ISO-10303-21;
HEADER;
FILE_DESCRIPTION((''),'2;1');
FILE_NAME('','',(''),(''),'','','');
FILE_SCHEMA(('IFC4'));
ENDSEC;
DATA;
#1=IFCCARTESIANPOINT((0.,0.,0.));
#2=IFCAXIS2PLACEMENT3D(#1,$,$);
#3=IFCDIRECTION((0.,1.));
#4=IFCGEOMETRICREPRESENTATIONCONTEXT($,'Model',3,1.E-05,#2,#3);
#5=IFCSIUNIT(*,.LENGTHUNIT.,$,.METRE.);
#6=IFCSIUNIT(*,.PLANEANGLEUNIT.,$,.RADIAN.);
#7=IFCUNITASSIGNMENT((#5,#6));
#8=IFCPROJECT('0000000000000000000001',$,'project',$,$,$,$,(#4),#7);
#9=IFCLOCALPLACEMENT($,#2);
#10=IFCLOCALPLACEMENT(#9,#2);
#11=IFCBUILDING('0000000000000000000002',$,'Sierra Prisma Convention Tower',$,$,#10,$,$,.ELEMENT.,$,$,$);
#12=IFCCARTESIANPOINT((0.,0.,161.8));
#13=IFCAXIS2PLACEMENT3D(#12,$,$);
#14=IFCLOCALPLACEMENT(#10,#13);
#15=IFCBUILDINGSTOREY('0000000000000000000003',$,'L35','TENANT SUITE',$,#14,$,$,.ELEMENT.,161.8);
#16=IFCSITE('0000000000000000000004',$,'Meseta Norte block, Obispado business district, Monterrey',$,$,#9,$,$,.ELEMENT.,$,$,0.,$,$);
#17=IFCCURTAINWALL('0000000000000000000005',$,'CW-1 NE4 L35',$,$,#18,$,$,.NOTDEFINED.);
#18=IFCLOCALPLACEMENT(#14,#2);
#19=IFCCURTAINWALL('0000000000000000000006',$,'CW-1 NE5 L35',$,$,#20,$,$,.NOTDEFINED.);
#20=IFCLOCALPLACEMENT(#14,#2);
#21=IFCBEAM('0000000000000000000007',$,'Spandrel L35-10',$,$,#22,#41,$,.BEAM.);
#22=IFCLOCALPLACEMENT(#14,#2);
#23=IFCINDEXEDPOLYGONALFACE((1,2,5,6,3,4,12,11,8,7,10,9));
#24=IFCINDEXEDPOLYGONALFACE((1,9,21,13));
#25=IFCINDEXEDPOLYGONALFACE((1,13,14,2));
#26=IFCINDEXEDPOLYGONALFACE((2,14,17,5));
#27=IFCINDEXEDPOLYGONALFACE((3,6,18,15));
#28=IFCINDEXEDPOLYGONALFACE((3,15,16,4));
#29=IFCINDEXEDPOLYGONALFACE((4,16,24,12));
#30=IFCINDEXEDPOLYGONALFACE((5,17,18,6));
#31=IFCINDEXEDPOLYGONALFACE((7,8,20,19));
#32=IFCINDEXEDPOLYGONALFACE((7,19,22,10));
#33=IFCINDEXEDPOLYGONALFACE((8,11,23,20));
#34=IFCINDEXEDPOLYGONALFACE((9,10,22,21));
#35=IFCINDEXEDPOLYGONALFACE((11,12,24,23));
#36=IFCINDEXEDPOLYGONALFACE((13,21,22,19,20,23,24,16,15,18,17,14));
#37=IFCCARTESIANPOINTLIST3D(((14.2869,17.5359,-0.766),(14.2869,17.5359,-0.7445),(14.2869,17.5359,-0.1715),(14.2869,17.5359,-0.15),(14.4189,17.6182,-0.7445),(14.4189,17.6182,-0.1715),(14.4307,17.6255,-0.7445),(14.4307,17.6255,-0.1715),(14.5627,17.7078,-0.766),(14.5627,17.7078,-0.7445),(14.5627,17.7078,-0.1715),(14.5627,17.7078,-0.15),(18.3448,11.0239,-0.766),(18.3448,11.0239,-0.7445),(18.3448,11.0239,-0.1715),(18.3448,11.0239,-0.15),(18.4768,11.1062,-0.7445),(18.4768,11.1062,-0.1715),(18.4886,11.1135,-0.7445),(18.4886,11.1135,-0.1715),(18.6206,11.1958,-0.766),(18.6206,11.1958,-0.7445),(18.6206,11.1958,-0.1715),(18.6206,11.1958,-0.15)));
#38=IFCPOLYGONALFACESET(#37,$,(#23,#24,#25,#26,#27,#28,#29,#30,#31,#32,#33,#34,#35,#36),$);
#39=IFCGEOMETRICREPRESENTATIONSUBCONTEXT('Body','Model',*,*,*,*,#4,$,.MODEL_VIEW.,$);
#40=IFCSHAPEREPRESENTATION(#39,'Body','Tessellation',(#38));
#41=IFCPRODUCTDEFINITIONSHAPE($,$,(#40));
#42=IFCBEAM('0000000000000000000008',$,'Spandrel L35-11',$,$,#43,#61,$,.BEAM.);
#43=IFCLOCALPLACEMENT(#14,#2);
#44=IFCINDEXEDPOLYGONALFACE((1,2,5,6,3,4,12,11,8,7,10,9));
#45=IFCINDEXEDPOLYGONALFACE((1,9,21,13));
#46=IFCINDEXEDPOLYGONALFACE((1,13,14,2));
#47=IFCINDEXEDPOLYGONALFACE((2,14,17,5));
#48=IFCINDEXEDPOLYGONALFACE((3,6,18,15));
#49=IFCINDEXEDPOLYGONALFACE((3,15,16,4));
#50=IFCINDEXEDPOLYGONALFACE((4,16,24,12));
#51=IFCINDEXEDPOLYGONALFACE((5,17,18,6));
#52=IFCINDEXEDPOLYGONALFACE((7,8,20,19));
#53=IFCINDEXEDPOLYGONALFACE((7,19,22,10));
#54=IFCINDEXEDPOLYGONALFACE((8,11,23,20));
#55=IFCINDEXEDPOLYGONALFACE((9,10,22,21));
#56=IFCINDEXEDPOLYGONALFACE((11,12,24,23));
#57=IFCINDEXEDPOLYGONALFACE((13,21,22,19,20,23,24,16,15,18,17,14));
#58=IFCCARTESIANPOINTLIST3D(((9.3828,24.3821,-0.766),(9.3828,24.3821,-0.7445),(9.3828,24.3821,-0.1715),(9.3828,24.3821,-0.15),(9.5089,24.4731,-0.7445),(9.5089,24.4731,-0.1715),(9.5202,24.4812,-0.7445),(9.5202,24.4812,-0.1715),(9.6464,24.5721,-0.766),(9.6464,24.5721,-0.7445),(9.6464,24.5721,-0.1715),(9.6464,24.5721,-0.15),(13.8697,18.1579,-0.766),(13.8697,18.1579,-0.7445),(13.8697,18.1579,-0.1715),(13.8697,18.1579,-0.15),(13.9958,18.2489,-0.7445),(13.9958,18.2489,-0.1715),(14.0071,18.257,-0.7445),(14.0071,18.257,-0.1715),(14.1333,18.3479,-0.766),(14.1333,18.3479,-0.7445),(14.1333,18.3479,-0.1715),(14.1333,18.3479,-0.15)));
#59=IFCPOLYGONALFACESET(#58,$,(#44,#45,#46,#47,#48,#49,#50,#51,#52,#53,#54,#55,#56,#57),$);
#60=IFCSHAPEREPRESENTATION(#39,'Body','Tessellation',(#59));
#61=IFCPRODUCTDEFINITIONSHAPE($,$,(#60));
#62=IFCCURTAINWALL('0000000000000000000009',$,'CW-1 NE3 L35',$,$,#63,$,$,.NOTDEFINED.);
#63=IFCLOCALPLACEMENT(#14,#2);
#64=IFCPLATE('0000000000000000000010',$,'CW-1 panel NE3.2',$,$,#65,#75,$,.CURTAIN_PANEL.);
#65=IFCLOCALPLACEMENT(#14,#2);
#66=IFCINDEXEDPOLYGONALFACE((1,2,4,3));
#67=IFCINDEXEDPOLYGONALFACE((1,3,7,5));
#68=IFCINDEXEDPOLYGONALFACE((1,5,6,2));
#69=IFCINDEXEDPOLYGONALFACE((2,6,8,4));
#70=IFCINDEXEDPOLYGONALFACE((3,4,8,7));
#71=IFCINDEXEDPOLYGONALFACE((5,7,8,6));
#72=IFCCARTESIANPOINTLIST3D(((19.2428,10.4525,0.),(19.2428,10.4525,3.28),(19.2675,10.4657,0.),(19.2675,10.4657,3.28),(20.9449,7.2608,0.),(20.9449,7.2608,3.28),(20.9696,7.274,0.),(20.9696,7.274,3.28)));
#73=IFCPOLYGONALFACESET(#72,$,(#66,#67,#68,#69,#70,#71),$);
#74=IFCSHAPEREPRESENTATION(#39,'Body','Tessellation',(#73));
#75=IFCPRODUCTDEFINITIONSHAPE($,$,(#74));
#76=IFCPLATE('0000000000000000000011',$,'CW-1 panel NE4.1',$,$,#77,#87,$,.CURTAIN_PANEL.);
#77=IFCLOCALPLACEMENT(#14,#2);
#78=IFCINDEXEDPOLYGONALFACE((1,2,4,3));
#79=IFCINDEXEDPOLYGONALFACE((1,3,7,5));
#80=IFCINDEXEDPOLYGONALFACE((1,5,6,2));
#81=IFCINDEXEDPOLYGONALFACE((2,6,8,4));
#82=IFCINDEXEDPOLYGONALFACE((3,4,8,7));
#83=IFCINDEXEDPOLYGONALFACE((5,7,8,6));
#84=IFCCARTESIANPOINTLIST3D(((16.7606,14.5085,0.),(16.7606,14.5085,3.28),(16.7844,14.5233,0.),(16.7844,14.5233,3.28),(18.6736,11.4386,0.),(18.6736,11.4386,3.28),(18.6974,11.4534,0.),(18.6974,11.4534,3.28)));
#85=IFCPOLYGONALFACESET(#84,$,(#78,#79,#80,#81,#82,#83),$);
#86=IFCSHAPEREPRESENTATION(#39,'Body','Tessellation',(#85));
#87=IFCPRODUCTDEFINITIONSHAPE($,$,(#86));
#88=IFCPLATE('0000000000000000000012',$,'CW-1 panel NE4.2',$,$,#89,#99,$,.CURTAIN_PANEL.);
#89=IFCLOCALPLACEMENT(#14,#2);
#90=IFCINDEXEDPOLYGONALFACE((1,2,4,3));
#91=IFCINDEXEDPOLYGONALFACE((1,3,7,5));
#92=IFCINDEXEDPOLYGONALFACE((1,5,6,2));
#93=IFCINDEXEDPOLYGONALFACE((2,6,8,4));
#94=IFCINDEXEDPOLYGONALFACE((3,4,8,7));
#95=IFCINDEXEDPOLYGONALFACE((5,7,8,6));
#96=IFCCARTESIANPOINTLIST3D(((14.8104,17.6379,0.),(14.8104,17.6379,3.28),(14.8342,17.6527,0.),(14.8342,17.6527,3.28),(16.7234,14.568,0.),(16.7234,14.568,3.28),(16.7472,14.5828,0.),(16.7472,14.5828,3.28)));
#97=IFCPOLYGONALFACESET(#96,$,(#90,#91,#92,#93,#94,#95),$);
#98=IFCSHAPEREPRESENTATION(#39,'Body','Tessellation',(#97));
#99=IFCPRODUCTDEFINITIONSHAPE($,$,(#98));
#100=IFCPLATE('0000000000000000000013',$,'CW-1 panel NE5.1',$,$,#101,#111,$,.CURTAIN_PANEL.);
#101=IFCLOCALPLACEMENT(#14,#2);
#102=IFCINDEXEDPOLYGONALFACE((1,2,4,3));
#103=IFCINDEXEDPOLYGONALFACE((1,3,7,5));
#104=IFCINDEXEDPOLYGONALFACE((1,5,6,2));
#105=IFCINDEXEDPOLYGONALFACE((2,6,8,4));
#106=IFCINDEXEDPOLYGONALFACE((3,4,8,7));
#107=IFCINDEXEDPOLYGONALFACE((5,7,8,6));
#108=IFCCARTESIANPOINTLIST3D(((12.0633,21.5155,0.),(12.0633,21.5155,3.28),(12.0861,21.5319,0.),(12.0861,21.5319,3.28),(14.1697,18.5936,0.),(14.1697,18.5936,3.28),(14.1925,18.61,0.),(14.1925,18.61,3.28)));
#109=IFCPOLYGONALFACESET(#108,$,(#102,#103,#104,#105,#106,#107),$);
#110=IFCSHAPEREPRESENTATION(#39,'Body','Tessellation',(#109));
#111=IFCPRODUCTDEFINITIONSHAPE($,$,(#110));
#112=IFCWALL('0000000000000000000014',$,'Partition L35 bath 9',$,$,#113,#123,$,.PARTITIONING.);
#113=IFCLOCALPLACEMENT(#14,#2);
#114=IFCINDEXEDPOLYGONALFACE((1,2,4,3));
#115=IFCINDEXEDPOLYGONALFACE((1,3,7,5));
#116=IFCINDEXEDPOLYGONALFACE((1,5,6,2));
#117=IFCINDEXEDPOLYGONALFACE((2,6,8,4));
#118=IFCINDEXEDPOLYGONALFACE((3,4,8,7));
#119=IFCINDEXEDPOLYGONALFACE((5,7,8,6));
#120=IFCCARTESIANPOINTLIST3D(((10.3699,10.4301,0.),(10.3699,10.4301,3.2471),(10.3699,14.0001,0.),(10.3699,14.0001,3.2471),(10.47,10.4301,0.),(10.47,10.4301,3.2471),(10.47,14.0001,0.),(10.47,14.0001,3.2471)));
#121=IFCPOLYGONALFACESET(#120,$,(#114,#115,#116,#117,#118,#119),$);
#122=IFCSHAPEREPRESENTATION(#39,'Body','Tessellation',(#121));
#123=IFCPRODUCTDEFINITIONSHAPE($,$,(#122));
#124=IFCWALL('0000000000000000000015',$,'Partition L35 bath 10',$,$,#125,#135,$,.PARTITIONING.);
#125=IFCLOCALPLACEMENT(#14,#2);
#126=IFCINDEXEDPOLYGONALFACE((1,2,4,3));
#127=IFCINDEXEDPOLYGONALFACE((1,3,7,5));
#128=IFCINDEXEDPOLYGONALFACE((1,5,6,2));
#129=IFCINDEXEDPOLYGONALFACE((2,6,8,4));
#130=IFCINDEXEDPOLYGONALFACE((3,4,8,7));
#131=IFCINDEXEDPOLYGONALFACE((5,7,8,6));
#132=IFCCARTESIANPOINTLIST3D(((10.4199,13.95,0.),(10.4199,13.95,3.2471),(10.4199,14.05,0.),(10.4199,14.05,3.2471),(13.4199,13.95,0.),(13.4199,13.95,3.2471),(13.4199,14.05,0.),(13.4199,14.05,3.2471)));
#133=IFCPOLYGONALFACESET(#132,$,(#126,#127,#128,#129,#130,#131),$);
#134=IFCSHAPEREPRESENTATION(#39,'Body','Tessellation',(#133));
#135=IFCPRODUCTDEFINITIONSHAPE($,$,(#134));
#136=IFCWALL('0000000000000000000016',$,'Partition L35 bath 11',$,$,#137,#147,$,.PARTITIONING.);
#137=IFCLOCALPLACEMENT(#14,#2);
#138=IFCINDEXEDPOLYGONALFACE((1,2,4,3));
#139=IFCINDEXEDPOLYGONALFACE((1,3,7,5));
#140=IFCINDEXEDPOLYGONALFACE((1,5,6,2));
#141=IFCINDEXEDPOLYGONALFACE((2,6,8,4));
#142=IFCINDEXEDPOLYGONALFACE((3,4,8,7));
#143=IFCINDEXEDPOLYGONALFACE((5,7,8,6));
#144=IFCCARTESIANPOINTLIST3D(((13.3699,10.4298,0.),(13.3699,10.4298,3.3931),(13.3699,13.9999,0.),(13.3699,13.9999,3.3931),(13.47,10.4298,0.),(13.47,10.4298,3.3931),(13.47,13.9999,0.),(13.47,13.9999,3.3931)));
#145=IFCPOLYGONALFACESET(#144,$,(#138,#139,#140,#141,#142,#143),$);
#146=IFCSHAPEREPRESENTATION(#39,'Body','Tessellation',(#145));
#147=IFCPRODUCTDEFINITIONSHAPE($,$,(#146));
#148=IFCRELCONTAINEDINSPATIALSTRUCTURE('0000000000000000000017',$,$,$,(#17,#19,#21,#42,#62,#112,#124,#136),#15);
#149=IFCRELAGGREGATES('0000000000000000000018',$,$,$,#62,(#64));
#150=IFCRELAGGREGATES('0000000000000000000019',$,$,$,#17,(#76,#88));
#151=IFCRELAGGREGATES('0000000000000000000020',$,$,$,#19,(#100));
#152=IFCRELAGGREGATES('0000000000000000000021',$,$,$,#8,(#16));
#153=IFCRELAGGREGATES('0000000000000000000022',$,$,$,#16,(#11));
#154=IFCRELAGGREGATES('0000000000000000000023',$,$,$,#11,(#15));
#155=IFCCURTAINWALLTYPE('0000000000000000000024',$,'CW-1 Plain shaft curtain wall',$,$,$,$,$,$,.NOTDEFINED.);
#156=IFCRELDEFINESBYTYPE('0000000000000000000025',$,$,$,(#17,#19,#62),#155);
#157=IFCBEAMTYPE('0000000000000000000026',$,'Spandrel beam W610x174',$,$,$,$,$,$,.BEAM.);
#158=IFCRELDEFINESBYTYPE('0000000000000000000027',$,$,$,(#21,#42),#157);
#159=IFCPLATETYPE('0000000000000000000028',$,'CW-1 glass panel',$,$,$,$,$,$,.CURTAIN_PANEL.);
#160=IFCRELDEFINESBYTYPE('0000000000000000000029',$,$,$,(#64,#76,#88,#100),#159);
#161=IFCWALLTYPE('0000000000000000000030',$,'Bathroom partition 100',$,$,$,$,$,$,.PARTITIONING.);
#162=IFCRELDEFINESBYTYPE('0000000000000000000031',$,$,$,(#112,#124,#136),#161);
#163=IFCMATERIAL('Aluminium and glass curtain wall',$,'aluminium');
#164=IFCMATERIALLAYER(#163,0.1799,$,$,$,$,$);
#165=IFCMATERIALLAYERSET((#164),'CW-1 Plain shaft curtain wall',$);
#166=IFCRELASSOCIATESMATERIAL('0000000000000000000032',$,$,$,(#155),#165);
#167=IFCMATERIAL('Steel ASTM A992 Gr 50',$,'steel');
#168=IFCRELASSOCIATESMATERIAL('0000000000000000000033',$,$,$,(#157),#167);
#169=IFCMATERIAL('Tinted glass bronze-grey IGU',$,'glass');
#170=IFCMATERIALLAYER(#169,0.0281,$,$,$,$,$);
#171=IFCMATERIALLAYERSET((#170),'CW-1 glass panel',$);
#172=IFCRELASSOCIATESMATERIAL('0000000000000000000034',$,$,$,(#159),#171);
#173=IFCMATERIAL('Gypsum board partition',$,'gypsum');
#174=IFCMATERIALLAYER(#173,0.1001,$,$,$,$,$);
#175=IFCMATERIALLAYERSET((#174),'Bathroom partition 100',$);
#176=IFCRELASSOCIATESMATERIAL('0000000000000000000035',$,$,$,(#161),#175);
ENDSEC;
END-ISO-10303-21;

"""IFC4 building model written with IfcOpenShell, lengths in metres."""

from ifc_helpers import new_model, si_unit, direction, frame, frame_2d, origin, origin_2d, place, context, subcontext, project, spatial, rectangle, i_section, extrude, material, layer, layer_set, material_profile, profile_set, type_object, element, aggregate, save


model = new_model("IFC4")

# Units and contexts
model_context = context("Model", 3, precision=1e-05, world=origin(), true_north=direction((0.0, 1.0)))
body_context = subcontext(model_context, "Body", "Model", "MODEL_VIEW")
ifc_project = project(units=[si_unit("LENGTHUNIT", "METRE"), si_unit("PLANEANGLEUNIT", "RADIAN")], contexts=[model_context])

# Site, building, storey
site_placement = place(None, origin())
site = spatial("IfcSite", under=ifc_project, at=site_placement, Name="Meseta Norte block, Obispado business district, Monterrey", CompositionType="ELEMENT", RefElevation=0.0)
building_placement = place(site_placement, origin())
building = spatial("IfcBuilding", under=site, at=building_placement, Name="Sierra Prisma Convention Tower", CompositionType="ELEMENT")
storey_placement = place(building_placement, frame((0.0, 0.0, 161.8)))
storey = spatial("IfcBuildingStorey", under=building, at=storey_placement, Name="L35", Description="TENANT SUITE", CompositionType="ELEMENT", Elevation=161.8)

# Curtain wall
ifc_material_1 = material(Name="Aluminium and glass curtain wall", Category="aluminium")
ifc_layer_1 = layer(ifc_material_1, 0.1799)
ifc_layer_set_1 = layer_set([ifc_layer_1], Name="CW-1 Plain shaft curtain wall")
curtain_wall_type = type_object("IfcCurtainWallType", Name="CW-1 Plain shaft curtain wall", PredefinedType="NOTDEFINED", material=ifc_layer_set_1)
curtain_wall_1_placement = place(storey_placement, origin())
curtain_wall_1 = element("IfcCurtainWall", 1, at=curtain_wall_1_placement, inside=storey, type_object=curtain_wall_type, Name="CW-1 NE4 L35", PredefinedType="NOTDEFINED")

# Curtain wall
curtain_wall_2_placement = place(storey_placement, origin())
curtain_wall_2 = element("IfcCurtainWall", 2, at=curtain_wall_2_placement, inside=storey, type_object=curtain_wall_type, Name="CW-1 NE5 L35", PredefinedType="NOTDEFINED")

# Beams
ifc_material_2 = material(Name="Steel ASTM A992 Gr 50", Category="steel")
ifc_material_profile_1 = material_profile(ifc_material_2, i_section(OverallWidth=0.325, OverallDepth=0.616, WebThickness=0.0139, FlangeThickness=0.0215, at=origin_2d()), Name="W610x174")
ifc_profile_set_1 = profile_set([ifc_material_profile_1], Name="Steel ASTM A992 Gr 50")
beam_type_1 = type_object("IfcBeamType", Name="Spandrel beam W610x174", PredefinedType="BEAM", material=ifc_profile_set_1)
for number, where, z_axis, x_axis, name in (
    (3, (18.4827, 11.1099, -0.458), (-0.528863, 0.848707, 0.0), (-0.848707, -0.528863, 0.0), "Spandrel L35-10"),
    (4, (14.0015, 18.2529, -0.458), (-0.584772, 0.811197, 0.0), (-0.811197, -0.584772, 0.0), "Spandrel L35-11"),
):
    element("IfcBeam", number, at=place(storey_placement, frame(where, z_axis=z_axis, x_axis=x_axis)), inside=storey, type_object=beam_type_1, Name=name, PredefinedType="BEAM", context=body_context, shape_type="SweptSolid", body=[
        extrude(i_section(OverallWidth=0.325, OverallDepth=0.616, WebThickness=0.0139, FlangeThickness=0.0215, at=origin_2d()), origin(), (0.0, 0.0, 1.0), 7.6729),
    ])

# Curtain wall, plate
curtain_wall_3_placement = place(storey_placement, origin())
curtain_wall_3 = element("IfcCurtainWall", 5, at=curtain_wall_3_placement, inside=storey, type_object=curtain_wall_type, Name="CW-1 NE3 L35", PredefinedType="NOTDEFINED")
ifc_material_3 = material(Name="Tinted glass bronze-grey IGU", Category="glass")
ifc_layer_2 = layer(ifc_material_3, 0.0281)
ifc_layer_set_2 = layer_set([ifc_layer_2], Name="CW-1 glass panel")
plate_type = type_object("IfcPlateType", Name="CW-1 glass panel", PredefinedType="CURTAIN_PANEL", material=ifc_layer_set_2)
plate_1_placement = place(storey_placement, frame((20.1062, 8.8633, 0.0), z_axis=(0.0, 0.0, 1.0), x_axis=(-0.470564, 0.882366, 0.0)))
plate_1 = element("IfcPlate", 6, at=plate_1_placement, type_object=plate_type, Name="CW-1 panel NE3.2", PredefinedType="CURTAIN_PANEL", context=body_context, shape_type="SweptSolid", body=[
    extrude(rectangle(XDim=3.6172, YDim=0.0281, at=origin_2d()), origin(), (0.0, 0.0, 1.0), 3.28),
])
aggregate(curtain_wall_3, [plate_1])

# Plates
plate_2_placement = place(storey_placement, frame((17.729, 12.981, 0.0), z_axis=(0.0, 0.0, 1.0), x_axis=(-0.528869, 0.848704, 0.0)))
plate_2 = element("IfcPlate", 7, at=plate_2_placement, type_object=plate_type, Name="CW-1 panel NE4.1", PredefinedType="CURTAIN_PANEL", context=body_context, shape_type="SweptSolid", body=[
    extrude(rectangle(XDim=3.6172, YDim=0.0281, at=origin_2d()), origin(), (0.0, 0.0, 1.0), 3.28),
])
plate_3_placement = place(storey_placement, frame((15.7788, 16.1104, 0.0), z_axis=(0.0, 0.0, 1.0), x_axis=(-0.528869, 0.848704, 0.0)))
plate_3 = element("IfcPlate", 8, at=plate_3_placement, type_object=plate_type, Name="CW-1 panel NE4.2", PredefinedType="CURTAIN_PANEL", context=body_context, shape_type="SweptSolid", body=[
    extrude(rectangle(XDim=3.6172, YDim=0.0281, at=origin_2d()), origin(), (0.0, 0.0, 1.0), 3.28),
])
aggregate(curtain_wall_1, [plate_2, plate_3])
plate_4_placement = place(storey_placement, frame((13.1279, 20.0627, 0.0), z_axis=(0.0, 0.0, 1.0), x_axis=(-0.584776, 0.811195, 0.0)))
plate_4 = element("IfcPlate", 9, at=plate_4_placement, type_object=plate_type, Name="CW-1 panel NE5.1", PredefinedType="CURTAIN_PANEL", context=body_context, shape_type="SweptSolid", body=[
    extrude(rectangle(XDim=3.6021, YDim=0.0281, at=origin_2d()), origin(), (0.0, 0.0, 1.0), 3.28),
])
aggregate(curtain_wall_2, [plate_4])

# Walls
ifc_material_4 = material(Name="Gypsum board partition", Category="gypsum")
ifc_layer_3 = layer(ifc_material_4, 0.1001)
ifc_layer_set_3 = layer_set([ifc_layer_3], Name="Bathroom partition 100")
wall_type_1 = type_object("IfcWallType", Name="Bathroom partition 100", PredefinedType="PARTITIONING", material=ifc_layer_set_3)
wall_1_placement = place(storey_placement, frame((10.4199, 10.4299, 0.0), z_axis=(0.0, 0.0, 1.0), x_axis=(0.0, 1.0, 0.0)))
element("IfcWall", 10, at=wall_1_placement, inside=storey, type_object=wall_type_1, Name="Partition L35 bath 9", PredefinedType="PARTITIONING", context=body_context, shape_type="SweptSolid", body=[
    extrude(rectangle(XDim=3.5701, YDim=0.1001, at=frame_2d((1.7852, 0.0))), origin(), (0.0, 0.0, 1.0), 3.2471),
])
wall_2_placement = place(storey_placement, frame((10.4199, 14.0, 0.0), z_axis=(0.0, 0.0, 1.0), x_axis=(1.0, 0.0, 0.0)))
element("IfcWall", 11, at=wall_2_placement, inside=storey, type_object=wall_type_1, Name="Partition L35 bath 10", PredefinedType="PARTITIONING", context=body_context, shape_type="SweptSolid", body=[
    extrude(rectangle(XDim=3.0, YDim=0.1001, at=frame_2d((1.5, 0.0))), origin(), (0.0, 0.0, 1.0), 3.2471),
])
wall_3_placement = place(storey_placement, frame((13.4199, 14.0, 0.0), z_axis=(0.0, 0.0, 1.0), x_axis=(0.0, -1.0, 0.0)))
element("IfcWall", 12, at=wall_3_placement, inside=storey, type_object=wall_type_1, Name="Partition L35 bath 11", PredefinedType="PARTITIONING", context=body_context, shape_type="SweptSolid", body=[
    extrude(rectangle(XDim=3.5701, YDim=0.1001, at=frame_2d((1.7852, 0.0))), origin(), (0.0, 0.0, 1.0), 3.3931),
])

save(model, "model.ifc")
